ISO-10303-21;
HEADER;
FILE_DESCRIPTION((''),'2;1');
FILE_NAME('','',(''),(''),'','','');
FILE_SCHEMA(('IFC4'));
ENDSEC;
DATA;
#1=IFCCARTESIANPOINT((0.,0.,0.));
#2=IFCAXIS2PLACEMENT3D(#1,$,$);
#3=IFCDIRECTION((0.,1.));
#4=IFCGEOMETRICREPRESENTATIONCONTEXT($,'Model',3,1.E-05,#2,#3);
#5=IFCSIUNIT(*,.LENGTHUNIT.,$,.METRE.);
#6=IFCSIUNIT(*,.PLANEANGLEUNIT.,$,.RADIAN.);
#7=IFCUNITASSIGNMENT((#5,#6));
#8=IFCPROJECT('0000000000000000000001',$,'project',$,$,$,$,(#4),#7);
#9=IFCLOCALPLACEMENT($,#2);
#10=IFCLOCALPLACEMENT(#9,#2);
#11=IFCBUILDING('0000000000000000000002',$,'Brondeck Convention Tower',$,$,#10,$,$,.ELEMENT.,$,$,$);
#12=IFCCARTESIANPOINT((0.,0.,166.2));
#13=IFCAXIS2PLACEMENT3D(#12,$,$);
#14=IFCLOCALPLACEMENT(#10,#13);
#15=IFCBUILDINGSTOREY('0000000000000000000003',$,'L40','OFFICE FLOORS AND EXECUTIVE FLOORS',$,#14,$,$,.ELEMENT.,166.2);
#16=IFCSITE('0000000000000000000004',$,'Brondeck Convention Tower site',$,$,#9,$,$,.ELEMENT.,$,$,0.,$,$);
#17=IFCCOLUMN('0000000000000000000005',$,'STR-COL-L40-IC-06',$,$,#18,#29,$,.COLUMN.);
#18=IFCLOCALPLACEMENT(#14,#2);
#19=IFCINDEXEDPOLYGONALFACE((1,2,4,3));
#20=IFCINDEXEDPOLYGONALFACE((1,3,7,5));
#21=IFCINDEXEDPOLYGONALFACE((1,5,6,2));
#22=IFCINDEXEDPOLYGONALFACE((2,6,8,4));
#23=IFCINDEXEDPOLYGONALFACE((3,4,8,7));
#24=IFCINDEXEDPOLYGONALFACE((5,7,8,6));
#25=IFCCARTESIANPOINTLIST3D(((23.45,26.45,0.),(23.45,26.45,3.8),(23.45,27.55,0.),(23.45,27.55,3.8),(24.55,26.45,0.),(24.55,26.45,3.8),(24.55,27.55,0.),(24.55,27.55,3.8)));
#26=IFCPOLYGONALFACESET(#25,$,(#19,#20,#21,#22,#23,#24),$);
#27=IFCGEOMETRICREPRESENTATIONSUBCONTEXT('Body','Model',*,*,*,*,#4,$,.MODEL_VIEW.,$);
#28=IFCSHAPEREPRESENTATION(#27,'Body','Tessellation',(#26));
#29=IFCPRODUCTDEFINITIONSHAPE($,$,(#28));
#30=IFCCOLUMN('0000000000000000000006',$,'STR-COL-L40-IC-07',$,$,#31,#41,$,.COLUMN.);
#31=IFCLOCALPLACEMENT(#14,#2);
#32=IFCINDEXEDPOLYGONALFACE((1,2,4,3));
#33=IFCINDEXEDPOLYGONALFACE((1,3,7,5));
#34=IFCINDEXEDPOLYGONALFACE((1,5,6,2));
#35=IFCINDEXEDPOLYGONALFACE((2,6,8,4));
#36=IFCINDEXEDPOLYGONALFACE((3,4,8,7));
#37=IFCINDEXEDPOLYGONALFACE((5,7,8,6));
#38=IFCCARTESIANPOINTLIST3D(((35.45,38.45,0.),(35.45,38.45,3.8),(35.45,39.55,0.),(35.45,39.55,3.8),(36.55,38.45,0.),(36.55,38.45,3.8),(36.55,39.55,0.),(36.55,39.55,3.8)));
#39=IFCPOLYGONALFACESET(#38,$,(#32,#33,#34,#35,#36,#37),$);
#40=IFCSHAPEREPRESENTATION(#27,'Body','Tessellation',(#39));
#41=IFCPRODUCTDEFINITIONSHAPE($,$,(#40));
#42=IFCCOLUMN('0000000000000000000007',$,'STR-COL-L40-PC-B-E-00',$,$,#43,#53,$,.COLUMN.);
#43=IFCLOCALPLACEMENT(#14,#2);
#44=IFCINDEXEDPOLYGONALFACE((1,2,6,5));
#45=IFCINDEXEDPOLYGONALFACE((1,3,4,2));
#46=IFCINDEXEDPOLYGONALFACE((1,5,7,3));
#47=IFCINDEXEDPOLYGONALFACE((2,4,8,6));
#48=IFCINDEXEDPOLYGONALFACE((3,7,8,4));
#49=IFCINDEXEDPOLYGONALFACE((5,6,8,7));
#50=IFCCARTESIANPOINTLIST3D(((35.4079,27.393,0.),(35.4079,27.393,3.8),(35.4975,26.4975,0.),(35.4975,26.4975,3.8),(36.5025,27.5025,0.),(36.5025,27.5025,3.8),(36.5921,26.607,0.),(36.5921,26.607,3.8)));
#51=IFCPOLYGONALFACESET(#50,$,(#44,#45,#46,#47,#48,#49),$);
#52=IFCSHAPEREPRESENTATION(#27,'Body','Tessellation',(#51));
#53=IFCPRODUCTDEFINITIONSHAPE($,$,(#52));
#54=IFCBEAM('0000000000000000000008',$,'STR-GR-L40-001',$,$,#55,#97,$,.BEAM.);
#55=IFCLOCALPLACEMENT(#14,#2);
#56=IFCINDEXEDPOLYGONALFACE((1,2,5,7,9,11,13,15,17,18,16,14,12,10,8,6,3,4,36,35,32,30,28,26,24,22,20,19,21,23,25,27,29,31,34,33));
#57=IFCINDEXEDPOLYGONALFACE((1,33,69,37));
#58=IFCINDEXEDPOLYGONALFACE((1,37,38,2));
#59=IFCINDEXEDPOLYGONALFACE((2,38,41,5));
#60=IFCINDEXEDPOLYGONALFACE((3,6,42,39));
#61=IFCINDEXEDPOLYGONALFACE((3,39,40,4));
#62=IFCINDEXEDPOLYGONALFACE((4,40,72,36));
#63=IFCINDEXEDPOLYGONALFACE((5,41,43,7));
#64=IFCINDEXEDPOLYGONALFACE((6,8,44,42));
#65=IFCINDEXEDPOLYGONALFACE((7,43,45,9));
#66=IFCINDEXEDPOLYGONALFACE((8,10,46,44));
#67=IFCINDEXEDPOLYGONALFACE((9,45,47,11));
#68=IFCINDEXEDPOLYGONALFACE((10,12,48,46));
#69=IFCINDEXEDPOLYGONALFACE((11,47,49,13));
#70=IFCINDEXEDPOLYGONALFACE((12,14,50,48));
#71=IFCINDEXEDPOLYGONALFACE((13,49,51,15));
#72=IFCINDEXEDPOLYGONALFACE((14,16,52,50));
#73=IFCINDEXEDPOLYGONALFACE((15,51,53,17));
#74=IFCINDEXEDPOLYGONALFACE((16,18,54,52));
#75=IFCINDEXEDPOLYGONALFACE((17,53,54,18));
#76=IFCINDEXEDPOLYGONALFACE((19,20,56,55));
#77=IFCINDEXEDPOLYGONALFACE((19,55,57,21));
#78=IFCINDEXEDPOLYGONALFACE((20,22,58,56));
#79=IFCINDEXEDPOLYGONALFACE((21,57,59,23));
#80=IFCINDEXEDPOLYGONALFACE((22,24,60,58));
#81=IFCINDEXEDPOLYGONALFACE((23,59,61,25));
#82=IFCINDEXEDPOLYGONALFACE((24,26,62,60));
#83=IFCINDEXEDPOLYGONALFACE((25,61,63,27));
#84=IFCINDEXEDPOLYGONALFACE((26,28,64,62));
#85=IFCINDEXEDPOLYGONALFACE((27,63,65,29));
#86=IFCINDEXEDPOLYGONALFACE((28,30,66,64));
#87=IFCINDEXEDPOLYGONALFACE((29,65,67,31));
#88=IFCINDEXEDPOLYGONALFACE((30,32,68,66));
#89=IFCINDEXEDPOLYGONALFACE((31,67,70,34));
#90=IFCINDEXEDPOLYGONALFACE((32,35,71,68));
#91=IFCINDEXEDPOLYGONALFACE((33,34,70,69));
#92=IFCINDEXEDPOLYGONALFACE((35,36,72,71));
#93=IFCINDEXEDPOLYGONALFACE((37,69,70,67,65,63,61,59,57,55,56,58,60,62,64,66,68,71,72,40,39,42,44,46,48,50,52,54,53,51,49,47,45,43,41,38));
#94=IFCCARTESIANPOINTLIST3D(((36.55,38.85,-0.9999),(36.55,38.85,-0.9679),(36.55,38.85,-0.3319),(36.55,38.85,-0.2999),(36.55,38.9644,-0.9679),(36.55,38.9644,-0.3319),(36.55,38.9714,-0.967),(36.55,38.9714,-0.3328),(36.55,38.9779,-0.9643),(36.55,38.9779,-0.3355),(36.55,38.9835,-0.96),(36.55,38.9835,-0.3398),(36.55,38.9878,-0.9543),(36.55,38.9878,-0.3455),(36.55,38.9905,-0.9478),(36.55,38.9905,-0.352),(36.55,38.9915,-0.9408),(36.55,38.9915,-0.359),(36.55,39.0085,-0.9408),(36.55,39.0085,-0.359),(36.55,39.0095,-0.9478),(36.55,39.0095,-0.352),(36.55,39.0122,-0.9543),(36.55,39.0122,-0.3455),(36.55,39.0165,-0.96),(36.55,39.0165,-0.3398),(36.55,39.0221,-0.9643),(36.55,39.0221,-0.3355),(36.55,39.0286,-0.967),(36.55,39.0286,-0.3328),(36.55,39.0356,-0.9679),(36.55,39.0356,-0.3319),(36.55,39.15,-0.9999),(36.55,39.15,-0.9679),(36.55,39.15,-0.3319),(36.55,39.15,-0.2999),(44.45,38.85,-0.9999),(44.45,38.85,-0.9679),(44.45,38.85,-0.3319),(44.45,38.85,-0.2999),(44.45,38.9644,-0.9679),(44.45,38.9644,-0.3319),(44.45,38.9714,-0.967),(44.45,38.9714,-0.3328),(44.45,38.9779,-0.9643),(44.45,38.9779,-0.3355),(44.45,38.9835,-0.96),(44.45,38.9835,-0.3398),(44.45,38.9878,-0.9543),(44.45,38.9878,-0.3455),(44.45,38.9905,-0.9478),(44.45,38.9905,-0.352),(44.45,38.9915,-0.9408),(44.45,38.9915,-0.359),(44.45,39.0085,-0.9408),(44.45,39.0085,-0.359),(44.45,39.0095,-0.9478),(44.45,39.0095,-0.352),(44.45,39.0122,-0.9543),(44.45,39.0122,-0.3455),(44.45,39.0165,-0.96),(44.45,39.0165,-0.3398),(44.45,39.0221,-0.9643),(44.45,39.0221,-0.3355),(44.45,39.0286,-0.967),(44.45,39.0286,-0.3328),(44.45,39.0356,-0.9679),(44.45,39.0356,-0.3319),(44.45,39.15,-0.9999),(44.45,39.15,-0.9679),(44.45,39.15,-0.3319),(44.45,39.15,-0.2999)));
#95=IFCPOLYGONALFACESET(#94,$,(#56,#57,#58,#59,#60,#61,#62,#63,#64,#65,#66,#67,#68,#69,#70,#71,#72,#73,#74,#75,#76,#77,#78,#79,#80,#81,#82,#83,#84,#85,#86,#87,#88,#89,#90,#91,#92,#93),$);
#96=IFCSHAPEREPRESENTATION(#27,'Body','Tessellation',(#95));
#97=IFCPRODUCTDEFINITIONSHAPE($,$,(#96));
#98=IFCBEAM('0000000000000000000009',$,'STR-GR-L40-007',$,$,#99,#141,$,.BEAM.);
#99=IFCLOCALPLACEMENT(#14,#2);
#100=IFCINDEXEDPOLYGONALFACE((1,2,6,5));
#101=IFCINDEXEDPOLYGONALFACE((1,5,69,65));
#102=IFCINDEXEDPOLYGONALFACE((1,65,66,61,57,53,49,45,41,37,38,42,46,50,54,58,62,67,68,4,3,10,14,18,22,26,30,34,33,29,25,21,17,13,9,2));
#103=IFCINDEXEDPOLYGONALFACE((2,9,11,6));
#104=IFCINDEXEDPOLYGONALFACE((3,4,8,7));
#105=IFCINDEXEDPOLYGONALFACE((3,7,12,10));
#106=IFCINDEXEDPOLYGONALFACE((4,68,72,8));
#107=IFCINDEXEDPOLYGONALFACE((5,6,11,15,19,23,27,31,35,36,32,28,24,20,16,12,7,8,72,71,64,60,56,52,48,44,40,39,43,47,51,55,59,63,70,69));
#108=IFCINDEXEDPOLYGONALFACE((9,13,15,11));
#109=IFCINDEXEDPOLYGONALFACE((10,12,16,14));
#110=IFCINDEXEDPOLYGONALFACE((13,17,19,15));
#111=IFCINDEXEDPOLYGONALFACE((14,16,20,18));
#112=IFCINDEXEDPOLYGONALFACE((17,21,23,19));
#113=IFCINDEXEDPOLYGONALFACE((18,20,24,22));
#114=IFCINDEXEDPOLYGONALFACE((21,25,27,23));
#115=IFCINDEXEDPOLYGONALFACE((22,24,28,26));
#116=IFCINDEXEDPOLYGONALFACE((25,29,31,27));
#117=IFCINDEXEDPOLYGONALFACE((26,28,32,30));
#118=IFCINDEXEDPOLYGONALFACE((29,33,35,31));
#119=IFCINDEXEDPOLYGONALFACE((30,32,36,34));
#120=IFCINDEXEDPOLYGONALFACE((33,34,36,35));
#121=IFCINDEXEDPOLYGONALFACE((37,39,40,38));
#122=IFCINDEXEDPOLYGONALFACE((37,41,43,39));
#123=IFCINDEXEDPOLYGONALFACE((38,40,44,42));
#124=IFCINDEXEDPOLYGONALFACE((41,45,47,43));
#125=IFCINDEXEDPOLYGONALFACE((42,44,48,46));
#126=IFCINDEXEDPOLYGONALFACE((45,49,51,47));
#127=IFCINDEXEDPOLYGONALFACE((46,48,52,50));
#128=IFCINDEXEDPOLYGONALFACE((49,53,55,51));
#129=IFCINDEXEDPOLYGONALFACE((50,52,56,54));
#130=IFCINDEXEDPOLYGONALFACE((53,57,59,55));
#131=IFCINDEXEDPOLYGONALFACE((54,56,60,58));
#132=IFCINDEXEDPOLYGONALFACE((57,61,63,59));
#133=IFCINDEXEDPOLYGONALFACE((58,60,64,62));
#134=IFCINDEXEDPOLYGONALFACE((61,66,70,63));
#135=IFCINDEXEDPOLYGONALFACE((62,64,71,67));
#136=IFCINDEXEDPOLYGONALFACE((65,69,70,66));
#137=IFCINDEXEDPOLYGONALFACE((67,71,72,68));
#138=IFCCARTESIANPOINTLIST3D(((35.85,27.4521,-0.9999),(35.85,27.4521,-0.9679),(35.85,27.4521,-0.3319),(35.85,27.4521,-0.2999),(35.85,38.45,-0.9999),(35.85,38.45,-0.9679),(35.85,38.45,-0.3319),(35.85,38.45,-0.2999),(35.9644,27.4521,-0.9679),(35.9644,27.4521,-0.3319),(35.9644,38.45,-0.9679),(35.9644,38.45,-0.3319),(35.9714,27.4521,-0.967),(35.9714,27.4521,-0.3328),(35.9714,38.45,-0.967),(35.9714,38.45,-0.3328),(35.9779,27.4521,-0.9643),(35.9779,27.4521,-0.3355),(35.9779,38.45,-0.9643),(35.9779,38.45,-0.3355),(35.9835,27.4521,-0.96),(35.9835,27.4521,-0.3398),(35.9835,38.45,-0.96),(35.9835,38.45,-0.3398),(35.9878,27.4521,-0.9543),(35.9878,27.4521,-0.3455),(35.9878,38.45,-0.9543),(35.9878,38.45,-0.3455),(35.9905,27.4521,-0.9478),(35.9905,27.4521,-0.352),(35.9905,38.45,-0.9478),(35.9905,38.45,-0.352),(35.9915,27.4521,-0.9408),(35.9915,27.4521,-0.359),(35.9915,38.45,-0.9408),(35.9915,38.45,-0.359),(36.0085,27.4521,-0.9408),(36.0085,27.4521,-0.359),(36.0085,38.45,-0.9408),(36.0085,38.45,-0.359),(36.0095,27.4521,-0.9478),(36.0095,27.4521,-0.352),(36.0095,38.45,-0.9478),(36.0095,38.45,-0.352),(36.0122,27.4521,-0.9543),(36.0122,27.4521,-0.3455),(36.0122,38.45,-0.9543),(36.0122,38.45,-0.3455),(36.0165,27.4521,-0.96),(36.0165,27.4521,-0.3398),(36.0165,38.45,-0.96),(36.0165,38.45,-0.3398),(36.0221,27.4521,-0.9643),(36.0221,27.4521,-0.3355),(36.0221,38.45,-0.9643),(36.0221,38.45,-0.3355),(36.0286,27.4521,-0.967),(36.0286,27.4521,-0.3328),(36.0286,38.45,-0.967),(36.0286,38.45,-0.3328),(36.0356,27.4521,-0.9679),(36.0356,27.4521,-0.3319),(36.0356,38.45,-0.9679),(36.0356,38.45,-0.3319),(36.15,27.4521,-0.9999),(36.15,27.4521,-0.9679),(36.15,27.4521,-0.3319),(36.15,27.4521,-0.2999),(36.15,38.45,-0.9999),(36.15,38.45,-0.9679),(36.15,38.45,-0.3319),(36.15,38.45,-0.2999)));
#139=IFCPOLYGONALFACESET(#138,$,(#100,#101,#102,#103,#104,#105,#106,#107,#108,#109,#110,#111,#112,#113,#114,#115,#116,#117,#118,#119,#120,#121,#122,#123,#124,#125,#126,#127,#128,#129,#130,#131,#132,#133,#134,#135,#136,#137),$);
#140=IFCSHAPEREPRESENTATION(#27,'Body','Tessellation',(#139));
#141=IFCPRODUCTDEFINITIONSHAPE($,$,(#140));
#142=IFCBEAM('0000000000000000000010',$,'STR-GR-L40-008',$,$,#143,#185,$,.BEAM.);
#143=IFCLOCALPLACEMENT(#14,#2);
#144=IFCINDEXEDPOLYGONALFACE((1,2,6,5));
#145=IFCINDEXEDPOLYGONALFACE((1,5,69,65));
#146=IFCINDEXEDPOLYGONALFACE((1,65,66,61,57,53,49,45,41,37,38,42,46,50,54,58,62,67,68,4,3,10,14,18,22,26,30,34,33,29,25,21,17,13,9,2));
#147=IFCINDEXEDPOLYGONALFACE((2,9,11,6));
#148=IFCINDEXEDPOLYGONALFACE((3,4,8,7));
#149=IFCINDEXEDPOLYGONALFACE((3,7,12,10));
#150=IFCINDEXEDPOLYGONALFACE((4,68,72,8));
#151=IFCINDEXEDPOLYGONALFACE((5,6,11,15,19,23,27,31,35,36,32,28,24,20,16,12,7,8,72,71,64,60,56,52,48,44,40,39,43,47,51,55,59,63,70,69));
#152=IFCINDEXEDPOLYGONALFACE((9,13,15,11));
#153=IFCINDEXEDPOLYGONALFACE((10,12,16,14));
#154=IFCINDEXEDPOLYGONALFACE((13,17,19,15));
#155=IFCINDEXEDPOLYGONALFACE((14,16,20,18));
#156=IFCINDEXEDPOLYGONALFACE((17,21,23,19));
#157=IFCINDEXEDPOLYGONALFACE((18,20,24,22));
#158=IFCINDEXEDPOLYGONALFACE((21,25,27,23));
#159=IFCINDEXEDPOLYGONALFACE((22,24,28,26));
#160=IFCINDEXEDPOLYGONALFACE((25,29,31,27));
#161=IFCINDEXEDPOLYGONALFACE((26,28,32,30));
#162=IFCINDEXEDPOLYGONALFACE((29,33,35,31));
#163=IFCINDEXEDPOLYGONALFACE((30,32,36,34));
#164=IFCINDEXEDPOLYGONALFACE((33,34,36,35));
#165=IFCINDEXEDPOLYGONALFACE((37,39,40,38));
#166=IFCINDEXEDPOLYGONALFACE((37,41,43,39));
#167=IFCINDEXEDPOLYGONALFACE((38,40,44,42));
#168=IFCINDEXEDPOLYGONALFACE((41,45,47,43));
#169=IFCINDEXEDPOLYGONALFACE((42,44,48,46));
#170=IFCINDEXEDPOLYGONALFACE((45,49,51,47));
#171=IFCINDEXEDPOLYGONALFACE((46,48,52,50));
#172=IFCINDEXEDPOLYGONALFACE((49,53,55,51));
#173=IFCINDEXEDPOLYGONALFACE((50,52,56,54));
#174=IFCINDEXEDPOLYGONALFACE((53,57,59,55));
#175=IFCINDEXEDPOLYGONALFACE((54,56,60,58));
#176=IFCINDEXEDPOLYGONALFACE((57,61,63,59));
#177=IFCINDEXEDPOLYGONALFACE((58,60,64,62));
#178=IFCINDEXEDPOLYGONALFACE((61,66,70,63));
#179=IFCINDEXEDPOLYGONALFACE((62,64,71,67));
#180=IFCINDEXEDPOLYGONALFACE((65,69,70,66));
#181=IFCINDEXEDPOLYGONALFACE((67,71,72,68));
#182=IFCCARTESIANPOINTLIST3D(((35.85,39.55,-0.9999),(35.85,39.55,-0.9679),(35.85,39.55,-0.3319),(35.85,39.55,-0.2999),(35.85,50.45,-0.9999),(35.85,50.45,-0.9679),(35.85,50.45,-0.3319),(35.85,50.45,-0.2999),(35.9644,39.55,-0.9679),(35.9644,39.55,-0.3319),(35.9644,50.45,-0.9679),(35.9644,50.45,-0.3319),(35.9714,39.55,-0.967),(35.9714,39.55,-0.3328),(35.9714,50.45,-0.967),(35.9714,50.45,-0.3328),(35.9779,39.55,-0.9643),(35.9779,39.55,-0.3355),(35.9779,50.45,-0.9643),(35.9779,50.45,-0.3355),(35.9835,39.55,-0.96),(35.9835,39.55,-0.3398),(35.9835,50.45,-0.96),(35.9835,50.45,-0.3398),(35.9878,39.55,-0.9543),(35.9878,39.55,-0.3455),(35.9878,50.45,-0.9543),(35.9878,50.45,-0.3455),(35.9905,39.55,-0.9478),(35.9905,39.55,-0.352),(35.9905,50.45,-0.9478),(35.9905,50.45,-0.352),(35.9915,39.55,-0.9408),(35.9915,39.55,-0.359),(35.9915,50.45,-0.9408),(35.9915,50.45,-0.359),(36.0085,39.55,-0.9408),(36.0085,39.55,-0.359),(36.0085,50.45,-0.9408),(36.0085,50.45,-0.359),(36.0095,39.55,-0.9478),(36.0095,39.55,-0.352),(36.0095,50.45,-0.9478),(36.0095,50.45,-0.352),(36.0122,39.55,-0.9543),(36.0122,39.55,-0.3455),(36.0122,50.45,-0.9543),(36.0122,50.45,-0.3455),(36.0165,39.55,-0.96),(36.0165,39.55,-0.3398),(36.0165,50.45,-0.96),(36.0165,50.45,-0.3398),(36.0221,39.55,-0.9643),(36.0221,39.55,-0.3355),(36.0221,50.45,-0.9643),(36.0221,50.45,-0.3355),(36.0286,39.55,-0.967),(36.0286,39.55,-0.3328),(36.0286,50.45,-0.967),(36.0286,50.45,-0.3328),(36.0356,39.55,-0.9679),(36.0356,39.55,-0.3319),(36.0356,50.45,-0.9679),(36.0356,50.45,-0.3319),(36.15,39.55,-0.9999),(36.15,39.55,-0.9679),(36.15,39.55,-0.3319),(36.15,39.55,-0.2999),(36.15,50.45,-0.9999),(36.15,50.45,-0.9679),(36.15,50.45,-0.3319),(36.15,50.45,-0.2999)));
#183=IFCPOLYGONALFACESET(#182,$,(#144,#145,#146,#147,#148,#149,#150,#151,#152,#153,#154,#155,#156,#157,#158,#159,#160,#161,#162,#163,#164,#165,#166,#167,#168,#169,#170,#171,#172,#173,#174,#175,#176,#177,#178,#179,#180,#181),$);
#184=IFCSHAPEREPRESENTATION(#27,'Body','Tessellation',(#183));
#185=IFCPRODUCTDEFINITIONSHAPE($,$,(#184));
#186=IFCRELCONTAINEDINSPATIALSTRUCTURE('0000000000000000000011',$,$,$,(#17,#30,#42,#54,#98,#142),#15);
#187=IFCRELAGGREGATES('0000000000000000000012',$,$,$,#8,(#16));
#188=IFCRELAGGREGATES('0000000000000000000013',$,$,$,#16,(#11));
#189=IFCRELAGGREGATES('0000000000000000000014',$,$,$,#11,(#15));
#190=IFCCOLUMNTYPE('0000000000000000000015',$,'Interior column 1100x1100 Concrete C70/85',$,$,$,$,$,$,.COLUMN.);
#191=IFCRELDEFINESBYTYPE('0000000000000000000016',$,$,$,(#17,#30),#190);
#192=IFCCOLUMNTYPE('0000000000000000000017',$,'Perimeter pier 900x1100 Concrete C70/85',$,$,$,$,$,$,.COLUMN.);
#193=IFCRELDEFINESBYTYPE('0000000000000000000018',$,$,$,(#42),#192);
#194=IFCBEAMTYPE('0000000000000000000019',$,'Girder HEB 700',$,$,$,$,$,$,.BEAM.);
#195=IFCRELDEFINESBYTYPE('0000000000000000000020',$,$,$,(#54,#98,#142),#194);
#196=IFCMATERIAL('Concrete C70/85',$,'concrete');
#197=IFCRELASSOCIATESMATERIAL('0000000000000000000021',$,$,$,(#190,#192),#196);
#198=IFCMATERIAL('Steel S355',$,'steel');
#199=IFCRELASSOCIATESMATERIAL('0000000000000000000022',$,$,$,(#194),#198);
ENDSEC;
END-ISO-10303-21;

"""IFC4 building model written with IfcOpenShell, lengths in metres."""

from ifc_helpers import new_model, si_unit, direction, frame, origin, origin_2d, place, context, subcontext, project, spatial, rectangle, i_section, extrude, material, material_profile, profile_set, type_object, element, save


model = new_model("IFC4")

# Units and contexts
model_context = context("Model", 3, precision=1e-05, world=origin(), true_north=direction((0.0, 1.0)))
body_context = subcontext(model_context, "Body", "Model", "MODEL_VIEW")
ifc_project = project(units=[si_unit("LENGTHUNIT", "METRE"), si_unit("PLANEANGLEUNIT", "RADIAN")], contexts=[model_context])

# Site, building, storey
site_placement = place(None, origin())
site = spatial("IfcSite", under=ifc_project, at=site_placement, Name="Brondeck Convention Tower site", CompositionType="ELEMENT", RefElevation=0.0)
building_placement = place(site_placement, origin())
building = spatial("IfcBuilding", under=site, at=building_placement, Name="Brondeck Convention Tower", CompositionType="ELEMENT")
storey_placement = place(building_placement, frame((0.0, 0.0, 166.2)))
storey = spatial("IfcBuildingStorey", under=building, at=storey_placement, Name="L40", Description="OFFICE FLOORS AND EXECUTIVE FLOORS", CompositionType="ELEMENT", Elevation=166.2)

# Columns
ifc_material_1 = material(Name="Concrete C70/85", Category="concrete")
ifc_material_profile_1 = material_profile(ifc_material_1, rectangle(XDim=1.1001, YDim=1.1001, at=origin_2d()), Name="Interior column 1100x1100 Concrete C70/85")
ifc_profile_set_1 = profile_set([ifc_material_profile_1], Name="Concrete C70/85")
column_type_1 = type_object("IfcColumnType", Name="Interior column 1100x1100 Concrete C70/85", PredefinedType="COLUMN", material=ifc_profile_set_1)
for number, where, z_axis, x_axis, name in (
    (1, (24.0, 27.0, 0.0), (0.0, 0.0, 1.0), (1.0, 0.0, 0.0), "STR-COL-L40-IC-06"),
    (2, (36.0, 39.0, 0.0), (0.0, 0.0, 1.0), (1.0, 0.0, 0.0), "STR-COL-L40-IC-07"),
):
    element("IfcColumn", number, at=place(storey_placement, frame(where, z_axis=z_axis, x_axis=x_axis)), inside=storey, type_object=column_type_1, Name=name, PredefinedType="COLUMN", context=body_context, shape_type="SweptSolid", body=[
        extrude(rectangle(XDim=1.1001, YDim=1.1001, at=origin_2d()), origin(), (0.0, 0.0, 1.0), 3.8),
    ])
ifc_material_profile_2 = material_profile(ifc_material_1, rectangle(XDim=0.8999, YDim=1.1001, at=origin_2d()), Name="Perimeter pier 900x1100 Concrete C70/85")
ifc_profile_set_2 = profile_set([ifc_material_profile_2], Name="Concrete C70/85")
column_type_2 = type_object("IfcColumnType", Name="Perimeter pier 900x1100 Concrete C70/85", PredefinedType="COLUMN", material=ifc_profile_set_2)
column_placement = place(storey_placement, frame((36.0, 27.0, 0.0), z_axis=(0.0, 0.0, 1.0), x_axis=(-0.099504, 0.995037, 0.0)))
element("IfcColumn", 3, at=column_placement, inside=storey, type_object=column_type_2, Name="STR-COL-L40-PC-B-E-00", PredefinedType="COLUMN", context=body_context, shape_type="SweptSolid", body=[
    extrude(rectangle(XDim=0.8999, YDim=1.1001, at=origin_2d()), origin(), (0.0, 0.0, 1.0), 3.8),
])

# Beams
ifc_material_2 = material(Name="Steel S355", Category="steel")
ifc_material_profile_3 = material_profile(ifc_material_2, i_section(OverallWidth=0.3, OverallDepth=0.7, WebThickness=0.0171, FlangeThickness=0.032, FilletRadius=0.0271, at=origin_2d()), Name="HEB 700")
ifc_profile_set_3 = profile_set([ifc_material_profile_3], Name="Steel S355")
beam_type = type_object("IfcBeamType", Name="Girder HEB 700", PredefinedType="BEAM", material=ifc_profile_set_3)
beam_1_placement = place(storey_placement, frame((36.55, 39.0, -0.6499), z_axis=(1.0, 0.0, 0.0), x_axis=(0.0, 1.0, 0.0)))
element("IfcBeam", 4, at=beam_1_placement, inside=storey, type_object=beam_type, Name="STR-GR-L40-001", PredefinedType="BEAM", context=body_context, shape_type="SweptSolid", body=[
    extrude(i_section(OverallWidth=0.3, OverallDepth=0.7, WebThickness=0.0171, FlangeThickness=0.032, FilletRadius=0.0271, at=origin_2d()), origin(), (0.0, 0.0, 1.0), 7.8999),
])
beam_2_placement = place(storey_placement, frame((36.0, 27.4521, -0.6499), z_axis=(0.0, 1.0, 0.0), x_axis=(-1.0, 0.0, 0.0)))
element("IfcBeam", 5, at=beam_2_placement, inside=storey, type_object=beam_type, Name="STR-GR-L40-007", PredefinedType="BEAM", context=body_context, shape_type="SweptSolid", body=[
    extrude(i_section(OverallWidth=0.3, OverallDepth=0.7, WebThickness=0.0171, FlangeThickness=0.032, FilletRadius=0.0271, at=origin_2d()), origin(), (0.0, 0.0, 1.0), 10.9978),
])
beam_3_placement = place(storey_placement, frame((36.0, 39.55, -0.6499), z_axis=(0.0, 1.0, 0.0), x_axis=(-1.0, 0.0, 0.0)))
element("IfcBeam", 6, at=beam_3_placement, inside=storey, type_object=beam_type, Name="STR-GR-L40-008", PredefinedType="BEAM", context=body_context, shape_type="SweptSolid", body=[
    extrude(i_section(OverallWidth=0.3, OverallDepth=0.7, WebThickness=0.0171, FlangeThickness=0.032, FilletRadius=0.0271, at=origin_2d()), origin(), (0.0, 0.0, 1.0), 10.8999),
])

save(model, "model.ifc")
